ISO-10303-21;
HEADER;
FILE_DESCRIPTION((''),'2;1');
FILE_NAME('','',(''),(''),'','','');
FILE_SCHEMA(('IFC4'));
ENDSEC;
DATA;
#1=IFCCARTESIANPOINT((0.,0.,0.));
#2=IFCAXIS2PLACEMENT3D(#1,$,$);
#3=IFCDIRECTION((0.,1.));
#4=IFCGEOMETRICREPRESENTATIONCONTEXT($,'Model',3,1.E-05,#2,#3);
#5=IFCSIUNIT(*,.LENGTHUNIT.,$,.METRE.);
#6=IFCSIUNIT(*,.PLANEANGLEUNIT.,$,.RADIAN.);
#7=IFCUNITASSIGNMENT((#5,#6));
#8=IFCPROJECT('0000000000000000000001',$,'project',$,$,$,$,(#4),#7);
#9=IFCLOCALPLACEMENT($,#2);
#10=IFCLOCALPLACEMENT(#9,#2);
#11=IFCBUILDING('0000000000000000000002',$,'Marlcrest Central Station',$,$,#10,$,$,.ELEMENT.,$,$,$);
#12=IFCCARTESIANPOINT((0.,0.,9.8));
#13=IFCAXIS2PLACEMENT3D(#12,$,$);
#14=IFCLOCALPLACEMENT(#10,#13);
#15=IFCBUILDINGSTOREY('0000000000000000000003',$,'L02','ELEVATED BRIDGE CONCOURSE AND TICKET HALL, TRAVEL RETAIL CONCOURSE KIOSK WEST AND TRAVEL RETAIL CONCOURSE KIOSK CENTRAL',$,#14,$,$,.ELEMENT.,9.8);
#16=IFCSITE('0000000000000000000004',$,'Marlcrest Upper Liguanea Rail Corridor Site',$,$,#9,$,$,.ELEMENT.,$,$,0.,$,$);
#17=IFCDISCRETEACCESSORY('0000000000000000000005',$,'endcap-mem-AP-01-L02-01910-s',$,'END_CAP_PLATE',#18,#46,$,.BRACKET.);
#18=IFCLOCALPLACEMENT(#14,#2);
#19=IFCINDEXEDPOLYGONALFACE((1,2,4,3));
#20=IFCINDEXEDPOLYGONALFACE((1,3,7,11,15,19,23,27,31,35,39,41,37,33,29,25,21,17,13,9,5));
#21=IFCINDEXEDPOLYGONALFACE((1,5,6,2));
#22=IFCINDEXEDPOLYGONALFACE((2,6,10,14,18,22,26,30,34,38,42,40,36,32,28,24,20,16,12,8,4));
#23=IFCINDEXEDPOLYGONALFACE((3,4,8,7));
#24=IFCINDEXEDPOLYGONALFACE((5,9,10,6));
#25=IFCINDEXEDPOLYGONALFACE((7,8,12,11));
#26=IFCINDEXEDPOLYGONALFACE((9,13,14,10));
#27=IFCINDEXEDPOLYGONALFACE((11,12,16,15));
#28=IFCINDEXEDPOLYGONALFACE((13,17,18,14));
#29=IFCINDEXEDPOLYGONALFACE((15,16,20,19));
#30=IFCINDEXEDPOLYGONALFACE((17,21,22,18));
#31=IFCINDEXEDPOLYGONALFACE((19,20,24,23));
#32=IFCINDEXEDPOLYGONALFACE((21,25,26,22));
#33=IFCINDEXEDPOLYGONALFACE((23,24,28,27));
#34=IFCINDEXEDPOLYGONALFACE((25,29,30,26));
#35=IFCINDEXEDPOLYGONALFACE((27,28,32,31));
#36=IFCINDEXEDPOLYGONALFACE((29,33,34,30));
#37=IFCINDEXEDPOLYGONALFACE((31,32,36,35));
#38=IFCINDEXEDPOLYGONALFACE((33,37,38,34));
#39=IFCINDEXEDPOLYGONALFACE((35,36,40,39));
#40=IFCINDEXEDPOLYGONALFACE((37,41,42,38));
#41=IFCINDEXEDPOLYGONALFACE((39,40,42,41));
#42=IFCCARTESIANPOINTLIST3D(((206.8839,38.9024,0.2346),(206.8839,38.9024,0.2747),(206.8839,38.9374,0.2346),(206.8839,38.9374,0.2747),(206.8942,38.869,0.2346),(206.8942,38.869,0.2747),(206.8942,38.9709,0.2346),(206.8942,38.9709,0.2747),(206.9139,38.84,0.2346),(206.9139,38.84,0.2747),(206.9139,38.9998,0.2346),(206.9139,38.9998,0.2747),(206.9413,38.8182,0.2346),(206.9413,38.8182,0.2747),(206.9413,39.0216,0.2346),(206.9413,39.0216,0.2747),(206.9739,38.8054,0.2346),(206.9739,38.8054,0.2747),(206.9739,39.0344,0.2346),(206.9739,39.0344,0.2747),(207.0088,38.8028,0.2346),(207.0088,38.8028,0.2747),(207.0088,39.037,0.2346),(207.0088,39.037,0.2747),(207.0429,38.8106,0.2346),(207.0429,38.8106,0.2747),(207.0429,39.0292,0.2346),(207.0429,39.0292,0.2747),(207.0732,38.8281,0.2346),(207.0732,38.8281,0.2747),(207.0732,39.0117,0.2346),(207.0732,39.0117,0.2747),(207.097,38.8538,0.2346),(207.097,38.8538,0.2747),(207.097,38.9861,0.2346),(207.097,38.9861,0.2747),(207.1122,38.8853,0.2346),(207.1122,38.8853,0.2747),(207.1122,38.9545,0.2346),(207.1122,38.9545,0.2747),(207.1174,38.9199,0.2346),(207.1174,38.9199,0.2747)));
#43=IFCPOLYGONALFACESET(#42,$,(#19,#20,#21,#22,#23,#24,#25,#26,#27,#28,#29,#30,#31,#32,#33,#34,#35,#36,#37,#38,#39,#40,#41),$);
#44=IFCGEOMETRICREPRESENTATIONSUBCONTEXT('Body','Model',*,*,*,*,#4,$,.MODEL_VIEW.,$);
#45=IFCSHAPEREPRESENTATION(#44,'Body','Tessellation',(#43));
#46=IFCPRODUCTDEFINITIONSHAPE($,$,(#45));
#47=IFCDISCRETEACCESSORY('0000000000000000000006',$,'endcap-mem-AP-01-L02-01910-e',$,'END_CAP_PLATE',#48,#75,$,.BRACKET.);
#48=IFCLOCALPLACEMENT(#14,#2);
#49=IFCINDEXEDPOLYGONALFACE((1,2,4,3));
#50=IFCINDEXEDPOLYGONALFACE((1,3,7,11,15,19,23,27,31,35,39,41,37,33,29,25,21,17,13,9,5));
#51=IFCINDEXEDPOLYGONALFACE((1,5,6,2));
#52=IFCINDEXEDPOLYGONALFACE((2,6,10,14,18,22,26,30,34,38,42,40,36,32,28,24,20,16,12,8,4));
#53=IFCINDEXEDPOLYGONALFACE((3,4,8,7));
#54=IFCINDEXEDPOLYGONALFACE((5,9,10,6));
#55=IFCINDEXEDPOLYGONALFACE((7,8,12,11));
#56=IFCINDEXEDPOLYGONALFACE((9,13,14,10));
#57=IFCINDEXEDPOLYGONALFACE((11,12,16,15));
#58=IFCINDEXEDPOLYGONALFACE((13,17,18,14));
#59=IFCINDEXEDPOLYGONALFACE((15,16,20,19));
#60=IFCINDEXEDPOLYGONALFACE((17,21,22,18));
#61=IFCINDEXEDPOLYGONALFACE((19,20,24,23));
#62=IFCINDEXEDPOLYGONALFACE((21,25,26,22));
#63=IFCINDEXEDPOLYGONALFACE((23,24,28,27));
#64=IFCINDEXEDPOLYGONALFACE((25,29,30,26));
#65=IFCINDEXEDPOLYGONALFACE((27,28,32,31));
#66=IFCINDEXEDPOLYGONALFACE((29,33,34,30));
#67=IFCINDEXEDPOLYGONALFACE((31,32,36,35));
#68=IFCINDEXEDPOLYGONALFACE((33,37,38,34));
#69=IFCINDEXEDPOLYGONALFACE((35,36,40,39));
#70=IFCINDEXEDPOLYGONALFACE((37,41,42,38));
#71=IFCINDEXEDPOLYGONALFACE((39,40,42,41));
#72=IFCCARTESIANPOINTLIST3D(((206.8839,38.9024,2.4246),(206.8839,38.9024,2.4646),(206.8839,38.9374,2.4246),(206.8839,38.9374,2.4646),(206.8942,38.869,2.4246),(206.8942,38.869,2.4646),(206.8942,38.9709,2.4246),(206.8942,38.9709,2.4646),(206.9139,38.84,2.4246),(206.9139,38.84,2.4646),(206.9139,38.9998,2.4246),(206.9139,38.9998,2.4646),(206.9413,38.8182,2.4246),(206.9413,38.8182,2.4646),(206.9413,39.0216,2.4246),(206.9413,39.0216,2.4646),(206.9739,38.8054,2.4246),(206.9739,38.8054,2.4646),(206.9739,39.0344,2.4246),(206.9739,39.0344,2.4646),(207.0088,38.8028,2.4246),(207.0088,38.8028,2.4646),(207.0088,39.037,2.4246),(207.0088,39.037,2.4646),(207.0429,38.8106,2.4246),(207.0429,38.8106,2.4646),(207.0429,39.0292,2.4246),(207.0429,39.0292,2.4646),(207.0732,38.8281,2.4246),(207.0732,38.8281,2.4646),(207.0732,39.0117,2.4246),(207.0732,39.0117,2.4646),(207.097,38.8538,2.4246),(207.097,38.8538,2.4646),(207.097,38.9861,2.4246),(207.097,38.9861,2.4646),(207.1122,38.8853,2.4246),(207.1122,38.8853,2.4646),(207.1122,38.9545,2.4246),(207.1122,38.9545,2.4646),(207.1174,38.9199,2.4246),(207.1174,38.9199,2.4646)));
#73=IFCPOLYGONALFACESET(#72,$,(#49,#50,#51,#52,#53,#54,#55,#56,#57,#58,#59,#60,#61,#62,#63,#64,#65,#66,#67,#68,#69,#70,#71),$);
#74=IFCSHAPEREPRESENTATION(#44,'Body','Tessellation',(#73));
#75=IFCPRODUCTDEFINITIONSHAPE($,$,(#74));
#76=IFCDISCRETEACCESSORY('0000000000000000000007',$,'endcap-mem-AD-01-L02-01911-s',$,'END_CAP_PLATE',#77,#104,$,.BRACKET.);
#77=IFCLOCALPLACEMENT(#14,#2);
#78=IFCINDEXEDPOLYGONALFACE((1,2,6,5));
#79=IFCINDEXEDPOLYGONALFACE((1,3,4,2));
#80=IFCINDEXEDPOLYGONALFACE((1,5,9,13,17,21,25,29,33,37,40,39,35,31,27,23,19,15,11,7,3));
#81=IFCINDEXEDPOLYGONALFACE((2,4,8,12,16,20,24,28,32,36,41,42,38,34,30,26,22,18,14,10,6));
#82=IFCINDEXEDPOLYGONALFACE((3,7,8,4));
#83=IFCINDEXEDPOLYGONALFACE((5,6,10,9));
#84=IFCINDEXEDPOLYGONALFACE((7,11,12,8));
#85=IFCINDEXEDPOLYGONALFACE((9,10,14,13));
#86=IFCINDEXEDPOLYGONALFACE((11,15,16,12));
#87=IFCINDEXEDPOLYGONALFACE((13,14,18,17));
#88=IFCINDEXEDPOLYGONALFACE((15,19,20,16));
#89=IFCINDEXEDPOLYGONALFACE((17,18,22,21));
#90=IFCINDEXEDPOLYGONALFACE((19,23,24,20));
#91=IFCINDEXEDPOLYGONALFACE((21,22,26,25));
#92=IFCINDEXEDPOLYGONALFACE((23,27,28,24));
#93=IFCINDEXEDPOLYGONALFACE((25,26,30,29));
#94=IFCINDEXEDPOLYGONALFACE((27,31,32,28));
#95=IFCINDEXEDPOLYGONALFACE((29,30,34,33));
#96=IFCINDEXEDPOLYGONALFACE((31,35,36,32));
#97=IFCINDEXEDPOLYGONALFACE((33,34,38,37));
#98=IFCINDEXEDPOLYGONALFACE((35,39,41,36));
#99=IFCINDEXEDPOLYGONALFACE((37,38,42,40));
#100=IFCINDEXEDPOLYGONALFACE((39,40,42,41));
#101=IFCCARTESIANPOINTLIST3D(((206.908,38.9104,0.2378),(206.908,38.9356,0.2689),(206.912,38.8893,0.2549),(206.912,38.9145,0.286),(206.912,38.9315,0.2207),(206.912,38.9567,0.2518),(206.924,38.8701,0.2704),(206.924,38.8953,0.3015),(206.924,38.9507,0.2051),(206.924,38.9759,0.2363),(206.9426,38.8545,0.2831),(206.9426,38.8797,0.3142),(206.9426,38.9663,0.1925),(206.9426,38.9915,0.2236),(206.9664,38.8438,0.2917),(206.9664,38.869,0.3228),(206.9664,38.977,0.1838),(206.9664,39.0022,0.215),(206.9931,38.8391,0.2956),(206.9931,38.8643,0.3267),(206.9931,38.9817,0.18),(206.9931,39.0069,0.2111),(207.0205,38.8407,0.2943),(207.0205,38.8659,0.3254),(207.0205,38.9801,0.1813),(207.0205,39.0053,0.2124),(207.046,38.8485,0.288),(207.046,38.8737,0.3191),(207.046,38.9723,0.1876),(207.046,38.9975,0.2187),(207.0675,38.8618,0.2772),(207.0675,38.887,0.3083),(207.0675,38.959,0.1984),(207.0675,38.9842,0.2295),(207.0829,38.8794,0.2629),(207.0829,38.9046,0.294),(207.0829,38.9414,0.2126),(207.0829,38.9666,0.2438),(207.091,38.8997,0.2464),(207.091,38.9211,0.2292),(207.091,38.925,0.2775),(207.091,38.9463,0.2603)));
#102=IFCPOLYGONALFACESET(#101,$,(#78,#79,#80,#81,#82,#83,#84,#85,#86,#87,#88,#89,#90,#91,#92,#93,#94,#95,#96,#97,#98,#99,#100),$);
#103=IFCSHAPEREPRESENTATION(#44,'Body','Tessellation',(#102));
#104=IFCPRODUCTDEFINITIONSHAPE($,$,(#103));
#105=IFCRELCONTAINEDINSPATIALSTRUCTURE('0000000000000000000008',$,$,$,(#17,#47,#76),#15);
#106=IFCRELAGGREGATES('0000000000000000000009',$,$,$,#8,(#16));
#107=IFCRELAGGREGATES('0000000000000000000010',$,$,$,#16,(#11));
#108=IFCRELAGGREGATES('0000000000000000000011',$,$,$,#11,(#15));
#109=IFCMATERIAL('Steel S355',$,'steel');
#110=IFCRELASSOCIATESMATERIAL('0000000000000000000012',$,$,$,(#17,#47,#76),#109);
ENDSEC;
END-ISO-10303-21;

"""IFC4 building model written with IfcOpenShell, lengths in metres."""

from ifc_helpers import new_model, si_unit, direction, frame, origin, origin_2d, place, context, subcontext, project, spatial, circle, extrude, material, element, save


model = new_model("IFC4")

# Units and contexts
model_context = context("Model", 3, precision=1e-05, world=origin(), true_north=direction((0.0, 1.0)))
body_context = subcontext(model_context, "Body", "Model", "MODEL_VIEW")
ifc_project = project(units=[si_unit("LENGTHUNIT", "METRE"), si_unit("PLANEANGLEUNIT", "RADIAN")], contexts=[model_context])

# Site, building, storey
site_placement = place(None, origin())
site = spatial("IfcSite", under=ifc_project, at=site_placement, Name="Marlcrest Upper Liguanea Rail Corridor Site", CompositionType="ELEMENT", RefElevation=0.0)
building_placement = place(site_placement, origin())
building = spatial("IfcBuilding", under=site, at=building_placement, Name="Marlcrest Central Station", CompositionType="ELEMENT")
storey_placement = place(building_placement, frame((0.0, 0.0, 9.8)))
storey = spatial("IfcBuildingStorey", under=building, at=storey_placement, Name="L02", Description="ELEVATED BRIDGE CONCOURSE AND TICKET HALL, TRAVEL RETAIL CONCOURSE KIOSK WEST AND TRAVEL RETAIL CONCOURSE KIOSK CENTRAL", CompositionType="ELEMENT", Elevation=9.8)

# Shared definitions
ifc_material_1 = material(Name="Steel S355", Category="steel")

# Discrete accessories
for number, where, z_axis, x_axis, name in (
    (1, (207.0, 38.9199, 0.2346), (0.0, 0.0, 1.0), (1.0, 0.0, 0.0), "endcap-mem-AP-01-L02-01910-s"),
    (2, (207.0, 38.9199, 2.4246), (0.0, 0.0, 1.0), (1.0, 0.0, 0.0), "endcap-mem-AP-01-L02-01910-e"),
):
    element("IfcDiscreteAccessory", number, at=place(storey_placement, frame(where, z_axis=z_axis, x_axis=x_axis)), inside=storey, material=ifc_material_1, Name=name, ObjectType="END_CAP_PLATE", PredefinedType="BRACKET", context=body_context, shape_type="SweptSolid", body=[
        extrude(circle(Radius=0.1174, at=origin_2d()), origin(), (0.0, 0.0, 1.0), 0.04),
    ])
discrete_accessory_1_placement = place(storey_placement, frame((207.0, 38.9104, 0.2378), z_axis=(0.0, 0.629629, 0.776896), x_axis=(-1.0, 0.0, 0.0)))
element("IfcDiscreteAccessory", 3, at=discrete_accessory_1_placement, inside=storey, material=ifc_material_1, Name="endcap-mem-AD-01-L02-01911-s", ObjectType="END_CAP_PLATE", PredefinedType="BRACKET", context=body_context, shape_type="SweptSolid", body=[
    extrude(circle(Radius=0.092, at=origin_2d()), origin(), (0.0, 0.0, 1.0), 0.04),
])

save(model, "model.ifc")
